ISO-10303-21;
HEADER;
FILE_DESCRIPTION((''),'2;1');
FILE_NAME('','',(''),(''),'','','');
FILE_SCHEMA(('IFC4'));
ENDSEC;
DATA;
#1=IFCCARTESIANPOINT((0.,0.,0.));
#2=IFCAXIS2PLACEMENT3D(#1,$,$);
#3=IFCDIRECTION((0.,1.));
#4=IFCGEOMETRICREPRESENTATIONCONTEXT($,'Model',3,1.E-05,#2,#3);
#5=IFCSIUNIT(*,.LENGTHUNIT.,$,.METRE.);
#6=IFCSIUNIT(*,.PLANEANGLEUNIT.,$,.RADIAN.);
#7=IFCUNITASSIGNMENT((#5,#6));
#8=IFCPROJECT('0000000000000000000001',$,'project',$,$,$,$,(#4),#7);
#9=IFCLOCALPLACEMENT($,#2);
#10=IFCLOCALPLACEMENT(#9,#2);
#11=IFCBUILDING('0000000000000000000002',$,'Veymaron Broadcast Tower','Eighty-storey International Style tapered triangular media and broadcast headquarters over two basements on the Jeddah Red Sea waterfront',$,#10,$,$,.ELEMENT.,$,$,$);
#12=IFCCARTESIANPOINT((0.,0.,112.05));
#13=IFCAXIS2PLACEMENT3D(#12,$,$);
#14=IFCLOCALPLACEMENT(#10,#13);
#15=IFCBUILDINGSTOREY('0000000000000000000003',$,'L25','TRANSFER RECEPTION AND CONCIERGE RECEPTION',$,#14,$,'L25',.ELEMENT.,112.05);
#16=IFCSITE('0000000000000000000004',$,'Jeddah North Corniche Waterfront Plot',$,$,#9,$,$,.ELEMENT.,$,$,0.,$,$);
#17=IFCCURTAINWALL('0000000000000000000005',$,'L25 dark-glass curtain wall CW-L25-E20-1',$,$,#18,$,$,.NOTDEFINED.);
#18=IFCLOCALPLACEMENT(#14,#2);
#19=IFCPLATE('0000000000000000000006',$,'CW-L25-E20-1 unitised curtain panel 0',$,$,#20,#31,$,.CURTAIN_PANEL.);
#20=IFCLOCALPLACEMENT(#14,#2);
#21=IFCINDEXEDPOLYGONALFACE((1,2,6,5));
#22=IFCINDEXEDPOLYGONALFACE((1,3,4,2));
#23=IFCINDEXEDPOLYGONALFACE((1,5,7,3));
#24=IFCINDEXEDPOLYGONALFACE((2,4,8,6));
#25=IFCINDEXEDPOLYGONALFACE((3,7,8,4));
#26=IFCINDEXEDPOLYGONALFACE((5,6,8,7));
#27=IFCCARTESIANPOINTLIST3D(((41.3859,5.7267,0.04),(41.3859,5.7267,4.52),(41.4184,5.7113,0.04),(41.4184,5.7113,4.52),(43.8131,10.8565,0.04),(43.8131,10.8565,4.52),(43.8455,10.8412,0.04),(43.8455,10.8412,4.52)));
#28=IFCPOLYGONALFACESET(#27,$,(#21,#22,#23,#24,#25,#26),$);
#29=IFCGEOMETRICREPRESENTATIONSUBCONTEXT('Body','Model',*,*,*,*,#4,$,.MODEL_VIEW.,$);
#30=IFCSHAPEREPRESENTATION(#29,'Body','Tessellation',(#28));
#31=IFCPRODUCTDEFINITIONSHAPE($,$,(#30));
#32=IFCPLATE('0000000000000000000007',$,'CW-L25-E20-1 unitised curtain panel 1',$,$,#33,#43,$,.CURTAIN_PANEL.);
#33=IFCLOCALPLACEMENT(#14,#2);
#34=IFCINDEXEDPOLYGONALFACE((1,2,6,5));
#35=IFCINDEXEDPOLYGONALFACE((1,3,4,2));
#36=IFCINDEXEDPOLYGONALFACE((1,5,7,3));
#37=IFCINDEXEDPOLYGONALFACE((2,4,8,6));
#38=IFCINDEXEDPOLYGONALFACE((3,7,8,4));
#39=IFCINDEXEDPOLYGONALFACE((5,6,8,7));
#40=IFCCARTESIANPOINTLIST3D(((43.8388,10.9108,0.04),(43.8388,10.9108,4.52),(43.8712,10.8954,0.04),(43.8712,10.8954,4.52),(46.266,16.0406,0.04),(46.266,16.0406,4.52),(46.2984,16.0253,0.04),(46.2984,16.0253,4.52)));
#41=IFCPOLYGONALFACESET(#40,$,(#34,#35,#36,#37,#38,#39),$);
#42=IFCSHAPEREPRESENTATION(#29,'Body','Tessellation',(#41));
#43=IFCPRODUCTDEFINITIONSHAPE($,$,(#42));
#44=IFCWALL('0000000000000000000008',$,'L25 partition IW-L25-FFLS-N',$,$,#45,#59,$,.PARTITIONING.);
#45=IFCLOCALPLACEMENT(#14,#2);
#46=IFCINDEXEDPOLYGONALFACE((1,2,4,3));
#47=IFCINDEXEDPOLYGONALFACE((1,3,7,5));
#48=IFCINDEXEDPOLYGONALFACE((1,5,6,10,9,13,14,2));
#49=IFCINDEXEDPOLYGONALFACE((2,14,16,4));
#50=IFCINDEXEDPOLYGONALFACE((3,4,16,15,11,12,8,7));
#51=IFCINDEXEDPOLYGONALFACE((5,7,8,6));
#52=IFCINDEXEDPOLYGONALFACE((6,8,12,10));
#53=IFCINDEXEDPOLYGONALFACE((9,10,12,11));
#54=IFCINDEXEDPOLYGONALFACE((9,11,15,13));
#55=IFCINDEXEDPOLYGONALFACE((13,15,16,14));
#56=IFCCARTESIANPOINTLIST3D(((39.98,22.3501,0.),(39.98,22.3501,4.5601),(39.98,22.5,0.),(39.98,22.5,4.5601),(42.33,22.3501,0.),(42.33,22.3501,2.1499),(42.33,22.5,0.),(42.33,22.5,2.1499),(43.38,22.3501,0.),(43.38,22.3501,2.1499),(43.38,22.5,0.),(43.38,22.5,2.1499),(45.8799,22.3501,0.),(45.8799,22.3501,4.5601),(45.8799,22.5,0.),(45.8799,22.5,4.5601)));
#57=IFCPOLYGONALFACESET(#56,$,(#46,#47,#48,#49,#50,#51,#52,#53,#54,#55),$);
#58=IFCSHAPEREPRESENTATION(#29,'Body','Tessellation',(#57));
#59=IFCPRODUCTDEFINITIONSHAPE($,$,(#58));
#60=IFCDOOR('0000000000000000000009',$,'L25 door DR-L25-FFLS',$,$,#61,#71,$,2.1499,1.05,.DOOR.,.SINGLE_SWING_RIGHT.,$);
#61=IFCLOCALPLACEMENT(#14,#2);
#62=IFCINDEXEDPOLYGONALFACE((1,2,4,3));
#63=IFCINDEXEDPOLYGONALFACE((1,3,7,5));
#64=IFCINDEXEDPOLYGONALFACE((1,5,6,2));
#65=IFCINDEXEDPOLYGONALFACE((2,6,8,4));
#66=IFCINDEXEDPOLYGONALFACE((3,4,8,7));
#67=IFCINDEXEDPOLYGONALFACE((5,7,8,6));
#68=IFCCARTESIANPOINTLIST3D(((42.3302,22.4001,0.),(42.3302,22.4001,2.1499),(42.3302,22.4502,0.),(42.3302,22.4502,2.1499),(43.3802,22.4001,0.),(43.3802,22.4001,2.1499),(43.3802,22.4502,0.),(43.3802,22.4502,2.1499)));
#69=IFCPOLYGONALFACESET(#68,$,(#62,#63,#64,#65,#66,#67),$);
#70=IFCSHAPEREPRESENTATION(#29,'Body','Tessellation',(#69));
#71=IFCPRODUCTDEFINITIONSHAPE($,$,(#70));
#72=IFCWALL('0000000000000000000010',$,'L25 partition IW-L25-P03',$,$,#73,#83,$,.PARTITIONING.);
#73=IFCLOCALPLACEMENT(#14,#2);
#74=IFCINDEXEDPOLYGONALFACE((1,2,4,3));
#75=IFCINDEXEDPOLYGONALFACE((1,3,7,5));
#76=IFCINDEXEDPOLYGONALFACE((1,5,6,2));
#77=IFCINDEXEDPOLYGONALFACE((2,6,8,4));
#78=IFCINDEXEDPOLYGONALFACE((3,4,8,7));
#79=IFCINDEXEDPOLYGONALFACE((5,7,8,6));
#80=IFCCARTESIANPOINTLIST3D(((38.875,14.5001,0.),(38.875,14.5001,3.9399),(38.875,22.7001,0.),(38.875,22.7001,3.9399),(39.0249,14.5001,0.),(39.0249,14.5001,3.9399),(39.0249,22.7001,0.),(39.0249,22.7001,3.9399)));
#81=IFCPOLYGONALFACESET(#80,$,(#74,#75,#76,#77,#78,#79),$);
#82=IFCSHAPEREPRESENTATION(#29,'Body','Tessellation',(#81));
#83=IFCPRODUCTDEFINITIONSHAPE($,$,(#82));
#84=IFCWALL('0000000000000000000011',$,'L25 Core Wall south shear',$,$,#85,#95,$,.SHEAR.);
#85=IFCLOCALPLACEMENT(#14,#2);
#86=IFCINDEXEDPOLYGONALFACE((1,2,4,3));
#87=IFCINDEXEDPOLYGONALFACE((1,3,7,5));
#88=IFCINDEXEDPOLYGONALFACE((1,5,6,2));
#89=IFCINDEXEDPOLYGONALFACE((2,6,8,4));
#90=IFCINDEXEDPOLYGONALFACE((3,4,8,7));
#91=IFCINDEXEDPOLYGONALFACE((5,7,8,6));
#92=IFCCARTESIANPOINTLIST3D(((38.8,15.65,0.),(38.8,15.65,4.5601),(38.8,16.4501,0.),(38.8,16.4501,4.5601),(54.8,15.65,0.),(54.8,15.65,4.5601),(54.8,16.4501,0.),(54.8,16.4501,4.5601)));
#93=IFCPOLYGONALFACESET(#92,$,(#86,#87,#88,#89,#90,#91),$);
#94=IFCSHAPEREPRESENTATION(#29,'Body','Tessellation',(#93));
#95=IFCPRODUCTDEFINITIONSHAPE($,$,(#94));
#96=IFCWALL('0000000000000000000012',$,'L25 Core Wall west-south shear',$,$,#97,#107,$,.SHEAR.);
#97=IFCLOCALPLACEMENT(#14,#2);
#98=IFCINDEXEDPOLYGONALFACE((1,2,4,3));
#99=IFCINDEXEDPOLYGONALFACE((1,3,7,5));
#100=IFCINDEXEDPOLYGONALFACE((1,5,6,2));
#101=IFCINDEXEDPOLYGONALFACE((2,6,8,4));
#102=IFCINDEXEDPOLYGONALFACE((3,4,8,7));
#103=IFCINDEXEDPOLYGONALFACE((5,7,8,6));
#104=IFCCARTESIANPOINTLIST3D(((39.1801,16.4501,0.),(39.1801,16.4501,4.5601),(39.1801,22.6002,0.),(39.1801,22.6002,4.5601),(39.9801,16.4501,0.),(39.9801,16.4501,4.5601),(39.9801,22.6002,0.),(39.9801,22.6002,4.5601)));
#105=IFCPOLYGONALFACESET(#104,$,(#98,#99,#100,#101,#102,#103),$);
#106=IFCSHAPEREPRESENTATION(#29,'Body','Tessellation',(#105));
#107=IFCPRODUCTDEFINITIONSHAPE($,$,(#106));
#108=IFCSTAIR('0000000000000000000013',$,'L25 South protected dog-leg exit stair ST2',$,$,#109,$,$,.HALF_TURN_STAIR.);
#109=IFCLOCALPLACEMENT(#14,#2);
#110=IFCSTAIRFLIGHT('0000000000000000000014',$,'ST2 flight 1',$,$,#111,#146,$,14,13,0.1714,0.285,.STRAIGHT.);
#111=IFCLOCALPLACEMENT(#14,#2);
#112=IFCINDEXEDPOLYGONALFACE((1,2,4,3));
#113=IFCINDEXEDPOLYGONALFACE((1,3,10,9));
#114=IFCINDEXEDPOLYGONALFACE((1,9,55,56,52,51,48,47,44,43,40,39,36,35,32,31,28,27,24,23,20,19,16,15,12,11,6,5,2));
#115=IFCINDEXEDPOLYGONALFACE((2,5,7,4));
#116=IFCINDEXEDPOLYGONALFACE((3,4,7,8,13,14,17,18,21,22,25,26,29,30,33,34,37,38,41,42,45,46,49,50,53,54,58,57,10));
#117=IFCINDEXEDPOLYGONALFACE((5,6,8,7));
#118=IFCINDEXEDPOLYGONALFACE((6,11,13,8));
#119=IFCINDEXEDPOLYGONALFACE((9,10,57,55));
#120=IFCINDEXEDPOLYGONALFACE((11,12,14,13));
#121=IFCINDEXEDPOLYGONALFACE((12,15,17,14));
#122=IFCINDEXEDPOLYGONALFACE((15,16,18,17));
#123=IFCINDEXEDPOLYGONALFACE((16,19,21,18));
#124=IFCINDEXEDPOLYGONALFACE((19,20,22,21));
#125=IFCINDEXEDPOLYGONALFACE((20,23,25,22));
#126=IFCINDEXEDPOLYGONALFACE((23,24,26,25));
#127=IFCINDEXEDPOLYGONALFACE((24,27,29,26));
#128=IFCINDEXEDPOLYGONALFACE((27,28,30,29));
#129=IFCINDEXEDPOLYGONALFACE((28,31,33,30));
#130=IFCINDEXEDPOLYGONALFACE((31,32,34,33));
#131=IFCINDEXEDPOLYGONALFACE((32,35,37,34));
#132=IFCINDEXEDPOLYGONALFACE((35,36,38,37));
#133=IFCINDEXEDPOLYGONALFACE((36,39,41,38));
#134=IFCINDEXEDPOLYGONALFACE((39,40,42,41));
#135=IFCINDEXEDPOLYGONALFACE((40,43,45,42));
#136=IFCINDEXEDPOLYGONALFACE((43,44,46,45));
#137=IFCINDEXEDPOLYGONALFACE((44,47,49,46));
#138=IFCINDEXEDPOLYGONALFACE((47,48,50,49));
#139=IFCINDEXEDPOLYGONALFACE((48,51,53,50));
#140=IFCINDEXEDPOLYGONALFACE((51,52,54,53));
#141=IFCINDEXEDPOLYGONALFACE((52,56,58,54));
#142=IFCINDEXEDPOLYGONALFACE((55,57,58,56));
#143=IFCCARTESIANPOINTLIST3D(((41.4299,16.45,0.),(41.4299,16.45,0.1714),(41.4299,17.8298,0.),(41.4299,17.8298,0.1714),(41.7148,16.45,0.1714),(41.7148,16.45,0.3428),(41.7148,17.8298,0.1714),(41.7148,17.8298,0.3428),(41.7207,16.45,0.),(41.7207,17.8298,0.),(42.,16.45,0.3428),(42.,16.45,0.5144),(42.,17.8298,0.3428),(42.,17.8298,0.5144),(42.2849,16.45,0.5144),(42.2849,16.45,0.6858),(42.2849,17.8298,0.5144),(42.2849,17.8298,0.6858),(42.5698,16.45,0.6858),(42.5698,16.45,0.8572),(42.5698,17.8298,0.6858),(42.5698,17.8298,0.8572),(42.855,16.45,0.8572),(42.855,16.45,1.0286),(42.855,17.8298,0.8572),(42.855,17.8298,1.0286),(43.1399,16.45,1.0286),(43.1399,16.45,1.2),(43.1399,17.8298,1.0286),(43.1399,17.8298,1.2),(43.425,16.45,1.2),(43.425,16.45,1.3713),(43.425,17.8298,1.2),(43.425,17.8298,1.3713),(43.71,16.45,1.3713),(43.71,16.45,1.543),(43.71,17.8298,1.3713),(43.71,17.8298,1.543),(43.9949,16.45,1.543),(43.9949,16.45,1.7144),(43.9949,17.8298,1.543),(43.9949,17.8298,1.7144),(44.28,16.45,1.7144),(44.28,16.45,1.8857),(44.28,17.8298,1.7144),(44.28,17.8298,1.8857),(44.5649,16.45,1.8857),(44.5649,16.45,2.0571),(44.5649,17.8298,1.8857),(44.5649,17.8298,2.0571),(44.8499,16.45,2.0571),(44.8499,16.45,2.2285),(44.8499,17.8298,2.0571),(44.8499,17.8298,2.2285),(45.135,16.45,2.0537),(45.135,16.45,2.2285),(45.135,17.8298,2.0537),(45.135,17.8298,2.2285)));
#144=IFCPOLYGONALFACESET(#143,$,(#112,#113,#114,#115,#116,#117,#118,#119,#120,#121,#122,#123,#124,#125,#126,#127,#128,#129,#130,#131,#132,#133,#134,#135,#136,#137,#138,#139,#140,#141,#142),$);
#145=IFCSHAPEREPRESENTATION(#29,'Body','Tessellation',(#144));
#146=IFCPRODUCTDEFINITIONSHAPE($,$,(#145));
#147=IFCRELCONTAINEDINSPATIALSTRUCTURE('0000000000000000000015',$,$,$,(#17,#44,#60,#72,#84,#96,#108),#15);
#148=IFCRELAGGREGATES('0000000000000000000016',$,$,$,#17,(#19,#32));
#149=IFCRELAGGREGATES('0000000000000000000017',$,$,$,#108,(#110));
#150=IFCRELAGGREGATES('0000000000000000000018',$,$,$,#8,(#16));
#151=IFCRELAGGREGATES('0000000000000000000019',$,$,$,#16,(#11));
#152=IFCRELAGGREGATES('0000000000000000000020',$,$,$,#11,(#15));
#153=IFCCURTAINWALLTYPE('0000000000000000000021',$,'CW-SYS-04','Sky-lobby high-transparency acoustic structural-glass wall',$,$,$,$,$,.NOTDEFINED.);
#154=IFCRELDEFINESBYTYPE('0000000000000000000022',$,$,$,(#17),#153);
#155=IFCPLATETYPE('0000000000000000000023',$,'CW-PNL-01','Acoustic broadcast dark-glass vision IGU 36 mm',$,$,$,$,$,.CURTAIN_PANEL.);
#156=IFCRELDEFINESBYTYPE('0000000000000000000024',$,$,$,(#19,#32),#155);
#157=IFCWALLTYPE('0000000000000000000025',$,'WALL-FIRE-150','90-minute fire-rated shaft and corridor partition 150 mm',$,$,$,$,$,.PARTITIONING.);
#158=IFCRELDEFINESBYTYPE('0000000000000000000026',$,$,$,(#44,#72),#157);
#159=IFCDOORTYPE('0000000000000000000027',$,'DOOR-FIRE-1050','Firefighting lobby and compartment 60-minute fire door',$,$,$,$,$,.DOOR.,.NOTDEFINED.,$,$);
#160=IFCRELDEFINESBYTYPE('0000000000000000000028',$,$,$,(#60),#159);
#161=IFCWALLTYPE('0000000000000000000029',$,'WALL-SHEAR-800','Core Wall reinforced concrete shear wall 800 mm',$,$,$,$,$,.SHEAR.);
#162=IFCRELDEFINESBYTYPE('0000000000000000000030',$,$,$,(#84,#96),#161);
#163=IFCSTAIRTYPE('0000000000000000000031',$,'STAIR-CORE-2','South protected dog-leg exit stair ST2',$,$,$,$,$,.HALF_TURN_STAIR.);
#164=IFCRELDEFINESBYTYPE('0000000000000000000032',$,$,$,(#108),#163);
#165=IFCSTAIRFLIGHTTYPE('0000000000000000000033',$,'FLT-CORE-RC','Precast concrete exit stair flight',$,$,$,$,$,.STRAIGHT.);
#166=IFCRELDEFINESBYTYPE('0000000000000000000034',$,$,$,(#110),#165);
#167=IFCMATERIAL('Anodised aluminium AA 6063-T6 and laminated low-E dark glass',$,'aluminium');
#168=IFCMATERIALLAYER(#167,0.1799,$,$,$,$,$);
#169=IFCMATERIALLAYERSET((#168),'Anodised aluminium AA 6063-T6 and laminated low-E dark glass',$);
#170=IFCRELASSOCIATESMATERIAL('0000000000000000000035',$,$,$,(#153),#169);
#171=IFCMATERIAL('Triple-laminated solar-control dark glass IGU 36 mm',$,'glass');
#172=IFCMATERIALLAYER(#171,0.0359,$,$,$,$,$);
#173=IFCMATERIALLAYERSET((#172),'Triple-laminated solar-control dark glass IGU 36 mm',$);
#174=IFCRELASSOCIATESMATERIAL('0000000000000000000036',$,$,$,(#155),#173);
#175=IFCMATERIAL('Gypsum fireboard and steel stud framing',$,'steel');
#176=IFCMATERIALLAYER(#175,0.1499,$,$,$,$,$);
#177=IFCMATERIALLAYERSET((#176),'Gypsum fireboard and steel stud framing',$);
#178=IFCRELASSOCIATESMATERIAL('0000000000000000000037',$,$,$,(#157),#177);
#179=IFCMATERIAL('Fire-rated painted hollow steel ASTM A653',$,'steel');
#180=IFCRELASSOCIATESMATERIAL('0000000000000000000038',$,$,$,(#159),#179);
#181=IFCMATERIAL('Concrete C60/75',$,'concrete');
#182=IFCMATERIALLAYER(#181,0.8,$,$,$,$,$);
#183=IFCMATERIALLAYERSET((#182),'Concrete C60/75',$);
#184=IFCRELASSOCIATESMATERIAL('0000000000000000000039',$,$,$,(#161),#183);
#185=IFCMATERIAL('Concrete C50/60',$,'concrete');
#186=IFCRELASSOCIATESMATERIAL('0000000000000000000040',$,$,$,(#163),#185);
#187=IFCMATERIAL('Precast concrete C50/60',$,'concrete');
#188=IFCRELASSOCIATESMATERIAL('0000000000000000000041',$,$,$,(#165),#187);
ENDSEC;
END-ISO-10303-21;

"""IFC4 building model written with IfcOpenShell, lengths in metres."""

from ifc_helpers import new_model, si_unit, direction, frame, frame_2d, origin, origin_2d, place, context, subcontext, project, spatial, polyline, rectangle, outline, extrude, material, layer, layer_set, type_object, element, fill, aggregate, save


model = new_model("IFC4")

# Units and contexts
model_context = context("Model", 3, precision=1e-05, world=origin(), true_north=direction((0.0, 1.0)))
body_context = subcontext(model_context, "Body", "Model", "MODEL_VIEW")
ifc_project = project(units=[si_unit("LENGTHUNIT", "METRE"), si_unit("PLANEANGLEUNIT", "RADIAN")], contexts=[model_context])

# Site, building, storey
site_placement = place(None, origin())
site = spatial("IfcSite", under=ifc_project, at=site_placement, Name="Jeddah North Corniche Waterfront Plot", CompositionType="ELEMENT", RefElevation=0.0)
building_placement = place(site_placement, origin())
building = spatial("IfcBuilding", under=site, at=building_placement, Name="Veymaron Broadcast Tower", Description="Eighty-storey International Style tapered triangular media and broadcast headquarters over two basements on the Jeddah Red Sea waterfront", CompositionType="ELEMENT")
storey_placement = place(building_placement, frame((0.0, 0.0, 112.05)))
storey = spatial("IfcBuildingStorey", under=building, at=storey_placement, Name="L25", Description="TRANSFER RECEPTION AND CONCIERGE RECEPTION", LongName="L25", CompositionType="ELEMENT", Elevation=112.05)

# Curtain wall, plates
ifc_material_1 = material(Name="Anodised aluminium AA 6063-T6 and laminated low-E dark glass", Category="aluminium")
ifc_layer_1 = layer(ifc_material_1, 0.1799)
ifc_layer_set_1 = layer_set([ifc_layer_1], Name="Anodised aluminium AA 6063-T6 and laminated low-E dark glass")
curtain_wall_type = type_object("IfcCurtainWallType", Name="CW-SYS-04", Description="Sky-lobby high-transparency acoustic structural-glass wall", PredefinedType="NOTDEFINED", material=ifc_layer_set_1)
curtain_wall_placement = place(storey_placement, origin())
curtain_wall = element("IfcCurtainWall", 1, at=curtain_wall_placement, inside=storey, type_object=curtain_wall_type, Name="L25 dark-glass curtain wall CW-L25-E20-1", PredefinedType="NOTDEFINED")
ifc_material_2 = material(Name="Triple-laminated solar-control dark glass IGU 36 mm", Category="glass")
ifc_layer_2 = layer(ifc_material_2, 0.0359)
ifc_layer_set_2 = layer_set([ifc_layer_2], Name="Triple-laminated solar-control dark glass IGU 36 mm")
plate_type = type_object("IfcPlateType", Name="CW-PNL-01", Description="Acoustic broadcast dark-glass vision IGU 36 mm", PredefinedType="CURTAIN_PANEL", material=ifc_layer_set_2)
plate_1_placement = place(storey_placement, frame((42.6157, 8.2839, 0.04), z_axis=(0.0, 0.0, 1.0), x_axis=(0.427689, 0.903926, 0.0)))
plate_1 = element("IfcPlate", 2, at=plate_1_placement, type_object=plate_type, Name="CW-L25-E20-1 unitised curtain panel 0", PredefinedType="CURTAIN_PANEL", context=body_context, shape_type="SweptSolid", body=[
    extrude(rectangle(XDim=5.675, YDim=0.0359, at=origin_2d()), origin(), (0.0, 0.0, 1.0), 4.48),
])
plate_2_placement = place(storey_placement, frame((45.0686, 13.468, 0.04), z_axis=(0.0, 0.0, 1.0), x_axis=(0.427689, 0.903926, 0.0)))
plate_2 = element("IfcPlate", 3, at=plate_2_placement, type_object=plate_type, Name="CW-L25-E20-1 unitised curtain panel 1", PredefinedType="CURTAIN_PANEL", context=body_context, shape_type="SweptSolid", body=[
    extrude(rectangle(XDim=5.675, YDim=0.0359, at=origin_2d()), origin(), (0.0, 0.0, 1.0), 4.48),
])
aggregate(curtain_wall, [plate_1, plate_2])

# Wall, opening, door
ifc_material_3 = material(Name="Gypsum fireboard and steel stud framing", Category="steel")
ifc_layer_3 = layer(ifc_material_3, 0.1499)
ifc_layer_set_3 = layer_set([ifc_layer_3], Name="Gypsum fireboard and steel stud framing")
wall_type_1 = type_object("IfcWallType", Name="WALL-FIRE-150", Description="90-minute fire-rated shaft and corridor partition 150 mm", PredefinedType="PARTITIONING", material=ifc_layer_set_3)
wall_1_placement = place(storey_placement, frame((39.98, 22.425, 0.0), z_axis=(0.0, 0.0, 1.0), x_axis=(1.0, 0.0, 0.0)))
wall_1 = element("IfcWall", 4, at=wall_1_placement, inside=storey, type_object=wall_type_1, Name="L25 partition IW-L25-FFLS-N", PredefinedType="PARTITIONING", context=body_context, shape_type="SweptSolid", body=[
    extrude(rectangle(XDim=5.8999, YDim=0.1499, at=frame_2d((2.95, 0.0))), origin(), (0.0, 0.0, 1.0), 4.5601),
])
opening_1_placement = place(wall_1_placement, frame((2.3501, 0.0, 0.0)))
opening_1 = element("IfcOpeningElement", 5, at=opening_1_placement, cuts=wall_1, PredefinedType="OPENING", context=body_context, shape_type="SweptSolid", body=[
    extrude(rectangle(XDim=1.05, YDim=2.1499, at=frame_2d((0.5249, 1.075))), frame((0.0, 0.085, 0.0), z_axis=(0.0, -1.0, 0.0), x_axis=(1.0, 0.0, 0.0)), (0.0, 0.0, 1.0), 0.1699),
])
ifc_material_4 = material(Name="Fire-rated painted hollow steel ASTM A653", Category="steel")
door_type_1 = type_object("IfcDoorType", Name="DOOR-FIRE-1050", Description="Firefighting lobby and compartment 60-minute fire door", OperationType="NOTDEFINED", PredefinedType="DOOR", material=ifc_material_4)
door_1_placement = place(opening_1_placement, frame((1.05, 0.0, 0.0), z_axis=(0.0, 0.0, 1.0), x_axis=(-1.0, 0.0, 0.0)))
door_1 = element("IfcDoor", 6, at=door_1_placement, inside=storey, type_object=door_type_1, Name="L25 door DR-L25-FFLS", OperationType="SINGLE_SWING_RIGHT", OverallHeight=2.1499, OverallWidth=1.05, PredefinedType="DOOR", context=body_context, shape_type="SweptSolid", body=[
    extrude(rectangle(XDim=1.05, YDim=2.1499, at=frame_2d((0.5249, 1.075))), frame((0.0, 0.0249, 0.0), z_axis=(0.0, -1.0, 0.0), x_axis=(1.0, 0.0, 0.0)), (0.0, 0.0, 1.0), 0.05),
])
fill(opening_1, door_1)

# Wall
wall_2_placement = place(storey_placement, frame((38.95, 14.5, 0.0), z_axis=(0.0, 0.0, 1.0), x_axis=(0.0, 1.0, 0.0)))
element("IfcWall", 7, at=wall_2_placement, inside=storey, type_object=wall_type_1, Name="L25 partition IW-L25-P03", PredefinedType="PARTITIONING", context=body_context, shape_type="SweptSolid", body=[
    extrude(rectangle(XDim=8.2, YDim=0.1499, at=frame_2d((4.1001, 0.0))), origin(), (0.0, 0.0, 1.0), 3.9399),
])

# Shared definitions
ifc_material_5 = material(Name="Concrete C50/60", Category="concrete")

# Walls
ifc_material_6 = material(Name="Concrete C60/75", Category="concrete")
ifc_layer_4 = layer(ifc_material_6, 0.8)
ifc_layer_set_4 = layer_set([ifc_layer_4], Name="Concrete C60/75")
wall_type_2 = type_object("IfcWallType", Name="WALL-SHEAR-800", Description="Core Wall reinforced concrete shear wall 800 mm", PredefinedType="SHEAR", material=ifc_layer_set_4)
wall_3_placement = place(storey_placement, frame((38.8, 16.05, 0.0), z_axis=(0.0, 0.0, 1.0), x_axis=(1.0, 0.0, 0.0)))
element("IfcWall", 8, at=wall_3_placement, inside=storey, type_object=wall_type_2, Name="L25 Core Wall south shear", PredefinedType="SHEAR", context=body_context, shape_type="SweptSolid", body=[
    extrude(rectangle(XDim=16.0, YDim=0.8, at=frame_2d((8.0, 0.0))), origin(), (0.0, 0.0, 1.0), 4.5601),
])
wall_4_placement = place(storey_placement, frame((39.5801, 16.45, 0.0), z_axis=(0.0, 0.0, 1.0), x_axis=(0.0, 1.0, 0.0)))
element("IfcWall", 9, at=wall_4_placement, inside=storey, type_object=wall_type_2, Name="L25 Core Wall west-south shear", PredefinedType="SHEAR", context=body_context, shape_type="SweptSolid", body=[
    extrude(rectangle(XDim=6.1501, YDim=0.8, at=frame_2d((3.0752, 0.0))), origin(), (0.0, 0.0, 1.0), 4.5601),
])

# Stair, stair flight
stair_type = type_object("IfcStairType", Name="STAIR-CORE-2", Description="South protected dog-leg exit stair ST2", PredefinedType="HALF_TURN_STAIR", material=ifc_material_5)
stair_placement = place(storey_placement, origin())
stair = element("IfcStair", 10, at=stair_placement, inside=storey, type_object=stair_type, Name="L25 South protected dog-leg exit stair ST2", PredefinedType="HALF_TURN_STAIR")
ifc_material_7 = material(Name="Precast concrete C50/60", Category="concrete")
stair_flight_type = type_object("IfcStairFlightType", Name="FLT-CORE-RC", Description="Precast concrete exit stair flight", PredefinedType="STRAIGHT", material=ifc_material_7)
stair_flight_1_placement = place(storey_placement, frame((41.4299, 17.1399, 0.0), z_axis=(0.0, 0.0, 1.0), x_axis=(1.0, 0.0, 0.0)))
stair_flight_1 = element("IfcStairFlight", 11, at=stair_flight_1_placement, type_object=stair_flight_type, Name="ST2 flight 1", NumberOfRisers=14, NumberOfTreads=13, PredefinedType="STRAIGHT", RiserHeight=0.1714, TreadLength=0.285, context=body_context, shape_type="SweptSolid", body=[
    extrude(outline(polyline([(0.0, 0.0), (0.0, 0.1714), (0.2849, 0.1714), (0.2849, 0.3428), (0.5701, 0.3428), (0.5701, 0.5144), (0.855, 0.5144), (0.855, 0.6858), (1.1399, 0.6858), (1.1399, 0.8572), (1.425, 0.8572), (1.425, 1.0286), (1.71, 1.0286), (1.71, 1.2), (1.9951, 1.2), (1.9951, 1.3713), (2.28, 1.3713), (2.28, 1.543), (2.5649, 1.543), (2.5649, 1.7144), (2.8501, 1.7144), (2.8501, 1.8857), (3.135, 1.8857), (3.135, 2.0571), (3.4199, 2.0571), (3.4199, 2.2285), (3.7051, 2.2285), (3.7051, 2.3999), (3.7051, 2.0537), (0.2908, 0.0), (0.0, 0.0)])), frame((0.0, 0.6899, 0.0), z_axis=(0.0, -1.0, 0.0), x_axis=(1.0, 0.0, 0.0)), (0.0, 0.0, 1.0), 1.3799),
])
aggregate(stair, [stair_flight_1])

save(model, "model.ifc")
